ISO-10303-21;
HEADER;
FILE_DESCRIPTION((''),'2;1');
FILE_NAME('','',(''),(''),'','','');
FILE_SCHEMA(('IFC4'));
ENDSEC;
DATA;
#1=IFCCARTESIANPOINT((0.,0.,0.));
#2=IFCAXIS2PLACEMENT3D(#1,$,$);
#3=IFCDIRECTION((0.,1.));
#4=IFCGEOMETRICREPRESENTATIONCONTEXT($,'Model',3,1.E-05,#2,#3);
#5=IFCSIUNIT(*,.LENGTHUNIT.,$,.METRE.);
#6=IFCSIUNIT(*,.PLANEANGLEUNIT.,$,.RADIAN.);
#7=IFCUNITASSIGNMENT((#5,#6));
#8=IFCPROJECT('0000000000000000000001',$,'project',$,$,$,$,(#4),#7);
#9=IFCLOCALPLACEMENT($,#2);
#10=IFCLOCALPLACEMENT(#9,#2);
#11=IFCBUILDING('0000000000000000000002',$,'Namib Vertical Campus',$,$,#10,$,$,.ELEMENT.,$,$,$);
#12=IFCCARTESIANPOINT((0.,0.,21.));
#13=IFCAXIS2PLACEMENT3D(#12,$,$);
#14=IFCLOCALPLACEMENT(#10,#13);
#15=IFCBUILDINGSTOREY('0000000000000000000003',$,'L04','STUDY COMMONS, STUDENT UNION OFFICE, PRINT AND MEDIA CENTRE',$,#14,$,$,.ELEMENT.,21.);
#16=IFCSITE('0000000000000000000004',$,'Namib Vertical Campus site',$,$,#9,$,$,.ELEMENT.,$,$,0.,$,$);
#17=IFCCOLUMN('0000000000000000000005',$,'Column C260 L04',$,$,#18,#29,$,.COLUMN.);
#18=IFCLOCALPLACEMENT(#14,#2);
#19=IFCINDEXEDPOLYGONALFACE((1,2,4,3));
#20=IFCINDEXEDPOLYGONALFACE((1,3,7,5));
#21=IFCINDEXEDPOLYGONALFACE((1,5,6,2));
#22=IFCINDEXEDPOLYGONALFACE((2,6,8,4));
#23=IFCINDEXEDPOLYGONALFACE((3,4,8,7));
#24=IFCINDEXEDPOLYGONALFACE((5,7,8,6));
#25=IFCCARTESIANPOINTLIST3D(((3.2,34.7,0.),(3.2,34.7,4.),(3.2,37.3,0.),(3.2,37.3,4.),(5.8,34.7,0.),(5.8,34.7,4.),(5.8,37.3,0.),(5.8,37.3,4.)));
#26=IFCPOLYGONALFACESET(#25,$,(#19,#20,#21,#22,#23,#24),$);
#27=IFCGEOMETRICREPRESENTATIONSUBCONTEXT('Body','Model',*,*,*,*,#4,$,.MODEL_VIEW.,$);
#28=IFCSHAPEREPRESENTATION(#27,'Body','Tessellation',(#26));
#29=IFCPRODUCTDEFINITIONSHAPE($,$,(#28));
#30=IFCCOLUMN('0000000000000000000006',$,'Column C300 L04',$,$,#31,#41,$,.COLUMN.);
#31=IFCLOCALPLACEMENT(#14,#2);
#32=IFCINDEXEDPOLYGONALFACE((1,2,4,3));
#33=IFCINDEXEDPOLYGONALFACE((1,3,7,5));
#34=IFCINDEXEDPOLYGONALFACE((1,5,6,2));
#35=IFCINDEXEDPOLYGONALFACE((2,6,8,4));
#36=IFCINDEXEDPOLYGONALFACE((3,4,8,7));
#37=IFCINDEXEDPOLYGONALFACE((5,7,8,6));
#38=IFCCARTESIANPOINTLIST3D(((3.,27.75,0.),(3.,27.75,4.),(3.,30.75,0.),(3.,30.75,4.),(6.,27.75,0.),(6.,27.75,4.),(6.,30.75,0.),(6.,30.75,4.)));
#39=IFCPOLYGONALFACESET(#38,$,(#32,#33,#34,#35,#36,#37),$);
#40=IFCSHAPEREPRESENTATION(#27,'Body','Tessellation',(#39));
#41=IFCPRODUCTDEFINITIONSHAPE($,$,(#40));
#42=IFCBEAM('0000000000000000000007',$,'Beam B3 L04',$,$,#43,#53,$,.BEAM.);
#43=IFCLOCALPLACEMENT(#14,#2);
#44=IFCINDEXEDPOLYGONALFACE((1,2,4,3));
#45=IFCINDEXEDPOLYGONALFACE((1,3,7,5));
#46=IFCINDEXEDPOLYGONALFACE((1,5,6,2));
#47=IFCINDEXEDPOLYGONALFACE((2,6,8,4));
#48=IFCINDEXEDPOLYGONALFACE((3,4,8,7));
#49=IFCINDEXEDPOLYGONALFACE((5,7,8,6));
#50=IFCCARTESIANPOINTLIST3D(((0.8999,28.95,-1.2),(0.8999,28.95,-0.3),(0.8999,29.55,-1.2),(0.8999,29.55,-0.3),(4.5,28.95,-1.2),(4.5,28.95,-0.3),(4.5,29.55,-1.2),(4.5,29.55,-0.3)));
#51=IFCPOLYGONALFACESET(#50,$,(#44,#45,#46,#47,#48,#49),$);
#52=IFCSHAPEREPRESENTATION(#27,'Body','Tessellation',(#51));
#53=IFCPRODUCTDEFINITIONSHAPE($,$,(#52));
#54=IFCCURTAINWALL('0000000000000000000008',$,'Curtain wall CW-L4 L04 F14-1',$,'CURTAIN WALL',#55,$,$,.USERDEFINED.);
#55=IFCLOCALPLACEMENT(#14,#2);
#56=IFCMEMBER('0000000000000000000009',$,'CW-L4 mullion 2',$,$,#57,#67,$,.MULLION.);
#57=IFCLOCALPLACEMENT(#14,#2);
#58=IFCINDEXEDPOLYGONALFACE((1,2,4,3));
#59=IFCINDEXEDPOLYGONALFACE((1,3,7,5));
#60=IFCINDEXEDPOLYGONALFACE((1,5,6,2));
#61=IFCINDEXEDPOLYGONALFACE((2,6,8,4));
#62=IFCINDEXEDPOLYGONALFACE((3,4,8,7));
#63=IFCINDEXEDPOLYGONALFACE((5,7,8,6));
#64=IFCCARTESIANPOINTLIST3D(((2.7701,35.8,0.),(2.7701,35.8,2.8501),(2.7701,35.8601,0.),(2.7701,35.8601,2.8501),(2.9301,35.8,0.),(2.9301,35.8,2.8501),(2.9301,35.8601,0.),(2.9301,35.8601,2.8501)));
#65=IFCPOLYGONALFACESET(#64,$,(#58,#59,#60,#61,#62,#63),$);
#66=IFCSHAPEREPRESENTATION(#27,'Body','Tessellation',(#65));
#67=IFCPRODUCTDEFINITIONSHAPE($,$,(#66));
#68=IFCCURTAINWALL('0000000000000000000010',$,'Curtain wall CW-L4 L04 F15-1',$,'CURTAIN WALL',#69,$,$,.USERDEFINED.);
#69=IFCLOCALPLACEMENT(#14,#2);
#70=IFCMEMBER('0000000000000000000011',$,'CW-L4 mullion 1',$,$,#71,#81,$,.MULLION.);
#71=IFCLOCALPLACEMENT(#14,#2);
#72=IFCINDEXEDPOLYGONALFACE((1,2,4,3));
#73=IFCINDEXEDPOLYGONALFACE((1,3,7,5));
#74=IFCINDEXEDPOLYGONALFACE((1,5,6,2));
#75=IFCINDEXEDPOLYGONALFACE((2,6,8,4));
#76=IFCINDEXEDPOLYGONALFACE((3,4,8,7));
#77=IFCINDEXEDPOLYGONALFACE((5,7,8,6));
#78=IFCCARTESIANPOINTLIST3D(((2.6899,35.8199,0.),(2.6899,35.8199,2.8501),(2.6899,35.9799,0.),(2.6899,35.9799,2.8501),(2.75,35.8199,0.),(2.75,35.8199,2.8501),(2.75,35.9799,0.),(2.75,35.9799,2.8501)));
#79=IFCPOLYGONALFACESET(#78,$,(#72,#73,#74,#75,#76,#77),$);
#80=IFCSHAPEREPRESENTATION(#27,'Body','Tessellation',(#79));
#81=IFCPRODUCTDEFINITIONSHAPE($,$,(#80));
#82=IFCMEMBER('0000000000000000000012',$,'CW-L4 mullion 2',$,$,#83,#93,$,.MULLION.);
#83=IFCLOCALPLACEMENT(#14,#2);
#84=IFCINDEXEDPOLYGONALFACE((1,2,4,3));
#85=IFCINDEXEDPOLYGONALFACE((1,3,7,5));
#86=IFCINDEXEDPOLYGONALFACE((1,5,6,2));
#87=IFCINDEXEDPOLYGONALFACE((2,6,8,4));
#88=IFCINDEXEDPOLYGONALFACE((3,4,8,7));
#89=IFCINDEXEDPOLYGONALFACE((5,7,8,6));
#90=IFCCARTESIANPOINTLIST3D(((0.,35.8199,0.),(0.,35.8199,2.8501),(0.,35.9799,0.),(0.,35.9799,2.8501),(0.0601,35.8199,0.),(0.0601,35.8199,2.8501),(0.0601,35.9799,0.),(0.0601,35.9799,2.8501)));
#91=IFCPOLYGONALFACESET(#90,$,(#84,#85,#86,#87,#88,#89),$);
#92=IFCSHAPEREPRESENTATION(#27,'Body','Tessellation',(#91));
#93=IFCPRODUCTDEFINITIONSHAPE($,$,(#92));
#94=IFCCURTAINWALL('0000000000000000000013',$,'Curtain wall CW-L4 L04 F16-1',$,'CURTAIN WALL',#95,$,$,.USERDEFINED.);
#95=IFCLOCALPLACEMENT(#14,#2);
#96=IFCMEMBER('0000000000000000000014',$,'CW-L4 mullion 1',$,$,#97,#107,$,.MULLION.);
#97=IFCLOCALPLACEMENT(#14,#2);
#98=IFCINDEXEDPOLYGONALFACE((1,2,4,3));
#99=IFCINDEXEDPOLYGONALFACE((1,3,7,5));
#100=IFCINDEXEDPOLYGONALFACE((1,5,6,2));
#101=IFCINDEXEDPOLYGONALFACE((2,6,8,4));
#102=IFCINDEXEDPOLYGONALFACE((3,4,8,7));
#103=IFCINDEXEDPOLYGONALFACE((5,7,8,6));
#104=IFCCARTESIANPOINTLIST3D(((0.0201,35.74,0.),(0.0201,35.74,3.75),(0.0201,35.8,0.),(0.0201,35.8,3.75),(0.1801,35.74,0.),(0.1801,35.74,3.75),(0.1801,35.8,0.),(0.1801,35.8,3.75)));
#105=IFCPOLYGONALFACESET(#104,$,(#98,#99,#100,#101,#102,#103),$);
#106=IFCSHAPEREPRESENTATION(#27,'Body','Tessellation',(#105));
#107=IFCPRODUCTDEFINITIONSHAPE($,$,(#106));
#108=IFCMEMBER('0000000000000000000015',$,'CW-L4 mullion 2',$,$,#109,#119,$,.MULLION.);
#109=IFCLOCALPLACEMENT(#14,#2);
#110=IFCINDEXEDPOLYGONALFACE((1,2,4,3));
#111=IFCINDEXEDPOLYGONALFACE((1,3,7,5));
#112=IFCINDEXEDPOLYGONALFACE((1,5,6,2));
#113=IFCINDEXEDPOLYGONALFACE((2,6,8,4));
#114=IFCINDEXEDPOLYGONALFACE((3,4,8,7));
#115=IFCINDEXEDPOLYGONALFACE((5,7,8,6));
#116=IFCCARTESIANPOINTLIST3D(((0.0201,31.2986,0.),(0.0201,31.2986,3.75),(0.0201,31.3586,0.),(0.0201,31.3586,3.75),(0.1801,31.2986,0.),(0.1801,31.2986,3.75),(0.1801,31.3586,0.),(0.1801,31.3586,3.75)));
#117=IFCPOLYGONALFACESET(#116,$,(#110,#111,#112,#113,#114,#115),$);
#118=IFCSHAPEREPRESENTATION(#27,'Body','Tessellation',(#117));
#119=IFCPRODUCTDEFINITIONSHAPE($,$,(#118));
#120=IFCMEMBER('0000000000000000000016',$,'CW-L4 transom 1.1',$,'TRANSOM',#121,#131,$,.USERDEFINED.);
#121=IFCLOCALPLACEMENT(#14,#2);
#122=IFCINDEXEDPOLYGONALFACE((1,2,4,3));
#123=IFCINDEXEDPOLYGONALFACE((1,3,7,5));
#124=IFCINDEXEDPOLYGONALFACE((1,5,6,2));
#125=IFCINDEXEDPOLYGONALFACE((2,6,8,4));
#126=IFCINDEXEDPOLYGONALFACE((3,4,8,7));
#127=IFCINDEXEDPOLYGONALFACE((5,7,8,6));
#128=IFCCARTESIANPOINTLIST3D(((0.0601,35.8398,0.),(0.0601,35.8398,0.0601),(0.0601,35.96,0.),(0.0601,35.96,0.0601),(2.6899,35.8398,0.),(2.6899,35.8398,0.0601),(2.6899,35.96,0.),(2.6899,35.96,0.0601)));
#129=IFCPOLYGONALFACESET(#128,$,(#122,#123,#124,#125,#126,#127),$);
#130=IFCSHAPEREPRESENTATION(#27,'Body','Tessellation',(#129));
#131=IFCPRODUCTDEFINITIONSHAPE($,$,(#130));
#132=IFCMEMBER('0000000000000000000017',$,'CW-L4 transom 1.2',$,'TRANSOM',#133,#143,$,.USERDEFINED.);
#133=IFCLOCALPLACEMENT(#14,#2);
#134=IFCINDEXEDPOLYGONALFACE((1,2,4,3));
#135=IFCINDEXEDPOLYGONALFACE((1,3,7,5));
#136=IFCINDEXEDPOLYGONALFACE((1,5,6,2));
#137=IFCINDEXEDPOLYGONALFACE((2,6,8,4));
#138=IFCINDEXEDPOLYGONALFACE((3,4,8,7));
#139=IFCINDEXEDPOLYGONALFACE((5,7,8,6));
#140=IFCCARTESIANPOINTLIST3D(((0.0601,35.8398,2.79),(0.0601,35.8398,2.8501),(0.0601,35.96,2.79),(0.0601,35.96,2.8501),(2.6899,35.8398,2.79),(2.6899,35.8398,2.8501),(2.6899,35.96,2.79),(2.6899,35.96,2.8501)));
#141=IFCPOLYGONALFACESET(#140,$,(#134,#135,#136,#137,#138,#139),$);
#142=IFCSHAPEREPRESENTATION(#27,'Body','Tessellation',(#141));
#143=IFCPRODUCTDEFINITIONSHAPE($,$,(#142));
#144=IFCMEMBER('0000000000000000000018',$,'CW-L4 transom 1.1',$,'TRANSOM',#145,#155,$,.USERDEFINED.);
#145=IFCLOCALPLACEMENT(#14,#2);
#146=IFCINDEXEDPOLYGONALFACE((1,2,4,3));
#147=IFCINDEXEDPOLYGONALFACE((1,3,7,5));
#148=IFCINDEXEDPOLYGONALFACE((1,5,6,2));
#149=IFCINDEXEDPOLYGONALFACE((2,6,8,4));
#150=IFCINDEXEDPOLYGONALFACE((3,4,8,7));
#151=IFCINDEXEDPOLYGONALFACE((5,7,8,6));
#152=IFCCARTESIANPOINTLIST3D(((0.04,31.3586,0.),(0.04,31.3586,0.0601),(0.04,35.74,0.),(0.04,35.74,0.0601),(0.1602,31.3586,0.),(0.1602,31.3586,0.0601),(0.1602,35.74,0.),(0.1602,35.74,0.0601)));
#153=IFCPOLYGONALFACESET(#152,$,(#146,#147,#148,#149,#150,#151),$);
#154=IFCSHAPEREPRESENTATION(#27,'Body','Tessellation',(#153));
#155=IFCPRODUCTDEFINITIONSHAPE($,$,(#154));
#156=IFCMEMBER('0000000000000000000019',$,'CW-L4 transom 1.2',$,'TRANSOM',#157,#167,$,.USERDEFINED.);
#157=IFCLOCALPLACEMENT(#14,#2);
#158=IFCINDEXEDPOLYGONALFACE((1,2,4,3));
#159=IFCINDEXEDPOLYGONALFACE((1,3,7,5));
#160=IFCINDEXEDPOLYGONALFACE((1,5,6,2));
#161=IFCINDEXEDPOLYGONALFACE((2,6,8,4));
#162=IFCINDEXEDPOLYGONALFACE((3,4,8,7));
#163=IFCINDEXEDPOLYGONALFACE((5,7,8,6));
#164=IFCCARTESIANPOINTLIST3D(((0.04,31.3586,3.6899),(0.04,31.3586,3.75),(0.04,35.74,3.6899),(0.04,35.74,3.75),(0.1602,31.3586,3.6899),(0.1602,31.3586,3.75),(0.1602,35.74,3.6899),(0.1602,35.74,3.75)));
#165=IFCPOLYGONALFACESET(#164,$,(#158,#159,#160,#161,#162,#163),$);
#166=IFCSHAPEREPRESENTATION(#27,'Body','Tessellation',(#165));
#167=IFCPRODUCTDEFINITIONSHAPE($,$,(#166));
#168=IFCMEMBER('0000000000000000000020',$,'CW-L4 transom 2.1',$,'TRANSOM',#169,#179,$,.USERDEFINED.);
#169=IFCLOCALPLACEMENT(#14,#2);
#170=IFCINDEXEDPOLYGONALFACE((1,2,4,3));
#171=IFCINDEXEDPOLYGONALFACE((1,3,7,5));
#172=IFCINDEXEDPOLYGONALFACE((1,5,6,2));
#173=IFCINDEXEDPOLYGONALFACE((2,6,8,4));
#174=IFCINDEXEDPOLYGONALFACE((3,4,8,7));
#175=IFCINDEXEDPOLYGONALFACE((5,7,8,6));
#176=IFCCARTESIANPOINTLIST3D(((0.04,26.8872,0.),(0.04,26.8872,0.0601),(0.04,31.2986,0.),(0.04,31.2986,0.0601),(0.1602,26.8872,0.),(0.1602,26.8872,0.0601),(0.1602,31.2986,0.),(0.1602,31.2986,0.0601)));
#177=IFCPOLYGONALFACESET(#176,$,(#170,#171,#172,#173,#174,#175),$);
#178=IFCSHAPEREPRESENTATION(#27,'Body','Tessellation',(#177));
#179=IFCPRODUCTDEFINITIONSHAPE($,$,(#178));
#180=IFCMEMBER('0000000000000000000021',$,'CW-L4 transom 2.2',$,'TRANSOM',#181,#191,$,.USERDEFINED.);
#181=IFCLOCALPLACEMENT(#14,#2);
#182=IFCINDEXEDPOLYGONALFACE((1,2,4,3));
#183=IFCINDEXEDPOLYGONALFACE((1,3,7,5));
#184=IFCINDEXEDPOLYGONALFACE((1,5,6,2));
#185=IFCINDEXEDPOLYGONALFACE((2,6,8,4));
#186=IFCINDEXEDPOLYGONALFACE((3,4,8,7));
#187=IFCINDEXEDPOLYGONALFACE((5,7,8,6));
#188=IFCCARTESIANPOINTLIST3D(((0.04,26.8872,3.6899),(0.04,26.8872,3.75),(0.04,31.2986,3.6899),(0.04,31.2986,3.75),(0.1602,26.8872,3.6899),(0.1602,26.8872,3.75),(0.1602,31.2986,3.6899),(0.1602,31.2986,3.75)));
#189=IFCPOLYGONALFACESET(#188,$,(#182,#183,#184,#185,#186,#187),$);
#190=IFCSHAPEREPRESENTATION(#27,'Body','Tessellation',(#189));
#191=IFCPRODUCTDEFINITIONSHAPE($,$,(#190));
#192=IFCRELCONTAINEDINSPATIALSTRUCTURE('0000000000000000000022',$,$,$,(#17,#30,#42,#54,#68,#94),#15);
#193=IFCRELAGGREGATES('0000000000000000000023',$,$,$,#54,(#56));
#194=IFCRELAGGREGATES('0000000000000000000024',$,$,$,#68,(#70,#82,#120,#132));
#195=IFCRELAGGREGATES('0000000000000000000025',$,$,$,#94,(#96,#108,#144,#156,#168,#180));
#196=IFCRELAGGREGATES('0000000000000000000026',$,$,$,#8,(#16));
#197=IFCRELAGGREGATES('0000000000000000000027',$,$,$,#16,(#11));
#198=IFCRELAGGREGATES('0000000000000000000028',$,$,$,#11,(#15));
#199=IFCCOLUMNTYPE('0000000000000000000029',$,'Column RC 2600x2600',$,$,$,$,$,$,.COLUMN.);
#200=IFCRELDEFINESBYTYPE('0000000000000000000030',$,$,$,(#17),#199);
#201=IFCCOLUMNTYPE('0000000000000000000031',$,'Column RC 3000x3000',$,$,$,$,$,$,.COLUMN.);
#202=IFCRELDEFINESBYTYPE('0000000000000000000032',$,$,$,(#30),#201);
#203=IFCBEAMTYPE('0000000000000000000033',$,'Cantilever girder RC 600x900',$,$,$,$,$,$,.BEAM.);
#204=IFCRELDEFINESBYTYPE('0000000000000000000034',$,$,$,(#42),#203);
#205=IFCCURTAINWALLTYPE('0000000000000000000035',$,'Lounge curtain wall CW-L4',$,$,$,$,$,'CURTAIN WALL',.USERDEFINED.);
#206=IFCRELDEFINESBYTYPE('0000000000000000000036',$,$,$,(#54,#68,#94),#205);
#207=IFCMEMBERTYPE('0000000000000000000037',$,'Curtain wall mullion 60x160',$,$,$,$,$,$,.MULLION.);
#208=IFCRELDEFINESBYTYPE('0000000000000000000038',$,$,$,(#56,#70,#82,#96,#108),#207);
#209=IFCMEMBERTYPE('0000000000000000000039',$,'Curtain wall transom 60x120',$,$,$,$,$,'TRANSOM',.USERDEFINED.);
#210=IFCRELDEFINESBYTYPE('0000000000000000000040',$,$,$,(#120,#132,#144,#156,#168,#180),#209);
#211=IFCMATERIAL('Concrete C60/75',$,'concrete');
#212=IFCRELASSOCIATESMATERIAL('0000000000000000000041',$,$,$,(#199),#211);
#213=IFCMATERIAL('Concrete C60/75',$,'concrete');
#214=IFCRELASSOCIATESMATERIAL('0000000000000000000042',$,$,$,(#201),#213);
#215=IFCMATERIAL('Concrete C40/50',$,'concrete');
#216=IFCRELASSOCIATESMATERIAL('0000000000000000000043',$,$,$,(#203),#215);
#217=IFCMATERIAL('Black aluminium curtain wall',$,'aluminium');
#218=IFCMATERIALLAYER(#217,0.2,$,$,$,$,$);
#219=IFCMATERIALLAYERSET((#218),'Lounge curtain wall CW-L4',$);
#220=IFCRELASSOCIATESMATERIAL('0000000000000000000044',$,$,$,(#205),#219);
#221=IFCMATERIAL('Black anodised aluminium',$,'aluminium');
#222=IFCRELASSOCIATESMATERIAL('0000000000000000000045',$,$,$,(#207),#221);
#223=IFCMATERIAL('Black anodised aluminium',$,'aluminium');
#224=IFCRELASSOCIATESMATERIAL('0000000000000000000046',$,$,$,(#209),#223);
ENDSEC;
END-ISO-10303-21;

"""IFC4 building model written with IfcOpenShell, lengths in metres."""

from ifc_helpers import new_model, si_unit, direction, frame, origin, origin_2d, place, context, subcontext, project, spatial, rectangle, extrude, material, layer, layer_set, material_profile, profile_set, type_object, element, aggregate, save


model = new_model("IFC4")

# Units and contexts
model_context = context("Model", 3, precision=1e-05, world=origin(), true_north=direction((0.0, 1.0)))
body_context = subcontext(model_context, "Body", "Model", "MODEL_VIEW")
ifc_project = project(units=[si_unit("LENGTHUNIT", "METRE"), si_unit("PLANEANGLEUNIT", "RADIAN")], contexts=[model_context])

# Site, building, storey
site_placement = place(None, origin())
site = spatial("IfcSite", under=ifc_project, at=site_placement, Name="Namib Vertical Campus site", CompositionType="ELEMENT", RefElevation=0.0)
building_placement = place(site_placement, origin())
building = spatial("IfcBuilding", under=site, at=building_placement, Name="Namib Vertical Campus", CompositionType="ELEMENT")
storey_placement = place(building_placement, frame((0.0, 0.0, 21.0)))
storey = spatial("IfcBuildingStorey", under=building, at=storey_placement, Name="L04", Description="STUDY COMMONS, STUDENT UNION OFFICE, PRINT AND MEDIA CENTRE", CompositionType="ELEMENT", Elevation=21.0)

# Columns
ifc_material_1 = material(Name="Concrete C60/75", Category="concrete")
ifc_material_profile_1 = material_profile(ifc_material_1, rectangle(XDim=2.6001, YDim=2.6001, at=origin_2d()))
ifc_profile_set_1 = profile_set([ifc_material_profile_1], Name="Concrete C60/75")
column_type_1 = type_object("IfcColumnType", Name="Column RC 2600x2600", PredefinedType="COLUMN", material=ifc_profile_set_1)
column_1_placement = place(storey_placement, frame((4.5, 36.0, 0.0), z_axis=(0.0, 0.0, 1.0), x_axis=(1.0, 0.0, 0.0)))
element("IfcColumn", 1, at=column_1_placement, inside=storey, type_object=column_type_1, Name="Column C260 L04", PredefinedType="COLUMN", context=body_context, shape_type="SweptSolid", body=[
    extrude(rectangle(XDim=2.6001, YDim=2.6001, at=origin_2d()), origin(), (0.0, 0.0, 1.0), 4.0),
])
ifc_material_2 = material(Name="Concrete C60/75", Category="concrete")
ifc_material_profile_2 = material_profile(ifc_material_2, rectangle(XDim=3.0, YDim=3.0, at=origin_2d()))
ifc_profile_set_2 = profile_set([ifc_material_profile_2], Name="Concrete C60/75")
column_type_2 = type_object("IfcColumnType", Name="Column RC 3000x3000", PredefinedType="COLUMN", material=ifc_profile_set_2)
column_2_placement = place(storey_placement, frame((4.5, 29.25, 0.0), z_axis=(0.0, 0.0, 1.0), x_axis=(1.0, 0.0, 0.0)))
element("IfcColumn", 2, at=column_2_placement, inside=storey, type_object=column_type_2, Name="Column C300 L04", PredefinedType="COLUMN", context=body_context, shape_type="SweptSolid", body=[
    extrude(rectangle(XDim=3.0, YDim=3.0, at=origin_2d()), origin(), (0.0, 0.0, 1.0), 4.0),
])

# Beam
ifc_material_3 = material(Name="Concrete C40/50", Category="concrete")
ifc_material_profile_3 = material_profile(ifc_material_3, rectangle(XDim=0.6001, YDim=0.8999, at=origin_2d()))
ifc_profile_set_3 = profile_set([ifc_material_profile_3], Name="Concrete C40/50")
beam_type_1 = type_object("IfcBeamType", Name="Cantilever girder RC 600x900", PredefinedType="BEAM", material=ifc_profile_set_3)
beam_1_placement = place(storey_placement, frame((4.5, 29.25, -0.75), z_axis=(-1.0, 0.0, 0.0), x_axis=(0.0, -1.0, 0.0)))
element("IfcBeam", 3, at=beam_1_placement, inside=storey, type_object=beam_type_1, Name="Beam B3 L04", PredefinedType="BEAM", context=body_context, shape_type="SweptSolid", body=[
    extrude(rectangle(XDim=0.6001, YDim=0.8999, at=origin_2d()), origin(), (0.0, 0.0, 1.0), 3.6001),
])

# Curtain wall, member
ifc_material_4 = material(Name="Black aluminium curtain wall", Category="aluminium")
ifc_layer_1 = layer(ifc_material_4, 0.2)
ifc_layer_set_1 = layer_set([ifc_layer_1], Name="Lounge curtain wall CW-L4")
curtain_wall_type = type_object("IfcCurtainWallType", Name="Lounge curtain wall CW-L4", ElementType="CURTAIN WALL", PredefinedType="USERDEFINED", material=ifc_layer_set_1)
curtain_wall_1_placement = place(storey_placement, origin())
curtain_wall_1 = element("IfcCurtainWall", 4, at=curtain_wall_1_placement, inside=storey, type_object=curtain_wall_type, Name="Curtain wall CW-L4 L04 F14-1", ObjectType="CURTAIN WALL", PredefinedType="USERDEFINED")
ifc_material_5 = material(Name="Black anodised aluminium", Category="aluminium")
ifc_material_profile_4 = material_profile(ifc_material_5, rectangle(XDim=0.0601, YDim=0.1599, at=origin_2d()))
ifc_profile_set_4 = profile_set([ifc_material_profile_4], Name="Black anodised aluminium")
member_type_1 = type_object("IfcMemberType", Name="Curtain wall mullion 60x160", PredefinedType="MULLION", material=ifc_profile_set_4)
member_1_placement = place(storey_placement, frame((2.8501, 35.8301, 0.0), z_axis=(0.0, 0.0, 1.0), x_axis=(0.0, -1.0, 0.0)))
member_1 = element("IfcMember", 5, at=member_1_placement, type_object=member_type_1, Name="CW-L4 mullion 2", PredefinedType="MULLION", context=body_context, shape_type="SweptSolid", body=[
    extrude(rectangle(XDim=0.0601, YDim=0.1599, at=origin_2d()), origin(), (0.0, 0.0, 1.0), 2.8501),
])
aggregate(curtain_wall_1, [member_1])

# Curtain walls, members
curtain_wall_2_placement = place(storey_placement, origin())
curtain_wall_2 = element("IfcCurtainWall", 6, at=curtain_wall_2_placement, inside=storey, type_object=curtain_wall_type, Name="Curtain wall CW-L4 L04 F15-1", ObjectType="CURTAIN WALL", PredefinedType="USERDEFINED")
member_2_placement = place(storey_placement, frame((2.72, 35.8999, 0.0), z_axis=(0.0, 0.0, 1.0), x_axis=(-1.0, 0.0, 0.0)))
member_2 = element("IfcMember", 7, at=member_2_placement, type_object=member_type_1, Name="CW-L4 mullion 1", PredefinedType="MULLION", context=body_context, shape_type="SweptSolid", body=[
    extrude(rectangle(XDim=0.0601, YDim=0.1599, at=origin_2d()), origin(), (0.0, 0.0, 1.0), 2.8501),
])
member_3_placement = place(storey_placement, frame((0.03, 35.8999, 0.0), z_axis=(0.0, 0.0, 1.0), x_axis=(-1.0, 0.0, 0.0)))
member_3 = element("IfcMember", 8, at=member_3_placement, type_object=member_type_1, Name="CW-L4 mullion 2", PredefinedType="MULLION", context=body_context, shape_type="SweptSolid", body=[
    extrude(rectangle(XDim=0.0601, YDim=0.1599, at=origin_2d()), origin(), (0.0, 0.0, 1.0), 2.8501),
])
curtain_wall_3_placement = place(storey_placement, origin())
curtain_wall_3 = element("IfcCurtainWall", 9, at=curtain_wall_3_placement, inside=storey, type_object=curtain_wall_type, Name="Curtain wall CW-L4 L04 F16-1", ObjectType="CURTAIN WALL", PredefinedType="USERDEFINED")
member_4_placement = place(storey_placement, frame((0.1001, 35.77, 0.0), z_axis=(0.0, 0.0, 1.0), x_axis=(0.0, -1.0, 0.0)))
member_4 = element("IfcMember", 10, at=member_4_placement, type_object=member_type_1, Name="CW-L4 mullion 1", PredefinedType="MULLION", context=body_context, shape_type="SweptSolid", body=[
    extrude(rectangle(XDim=0.0601, YDim=0.1599, at=origin_2d()), origin(), (0.0, 0.0, 1.0), 3.75),
])
member_5_placement = place(storey_placement, frame((0.1001, 31.3286, 0.0), z_axis=(0.0, 0.0, 1.0), x_axis=(0.0, -1.0, 0.0)))
member_5 = element("IfcMember", 11, at=member_5_placement, type_object=member_type_1, Name="CW-L4 mullion 2", PredefinedType="MULLION", context=body_context, shape_type="SweptSolid", body=[
    extrude(rectangle(XDim=0.0601, YDim=0.1599, at=origin_2d()), origin(), (0.0, 0.0, 1.0), 3.75),
])

# Members
ifc_material_6 = material(Name="Black anodised aluminium", Category="aluminium")
ifc_material_profile_5 = material_profile(ifc_material_6, rectangle(XDim=0.0601, YDim=0.1201, at=origin_2d()))
ifc_profile_set_5 = profile_set([ifc_material_profile_5], Name="Black anodised aluminium")
member_type_2 = type_object("IfcMemberType", Name="Curtain wall transom 60x120", ElementType="TRANSOM", PredefinedType="USERDEFINED", material=ifc_profile_set_5)
member_6_placement = place(storey_placement, frame((2.6899, 35.8999, 0.03), z_axis=(-1.0, 0.0, 0.0), x_axis=(0.0, 0.0, 1.0)))
member_6 = element("IfcMember", 12, at=member_6_placement, type_object=member_type_2, Name="CW-L4 transom 1.1", ObjectType="TRANSOM", PredefinedType="USERDEFINED", context=body_context, shape_type="SweptSolid", body=[
    extrude(rectangle(XDim=0.0601, YDim=0.1201, at=origin_2d()), origin(), (0.0, 0.0, 1.0), 2.6299),
])
member_7_placement = place(storey_placement, frame((2.6899, 35.8999, 2.8201), z_axis=(-1.0, 0.0, 0.0), x_axis=(0.0, 0.0, 1.0)))
member_7 = element("IfcMember", 13, at=member_7_placement, type_object=member_type_2, Name="CW-L4 transom 1.2", ObjectType="TRANSOM", PredefinedType="USERDEFINED", context=body_context, shape_type="SweptSolid", body=[
    extrude(rectangle(XDim=0.0601, YDim=0.1201, at=origin_2d()), origin(), (0.0, 0.0, 1.0), 2.6299),
])
member_8_placement = place(storey_placement, frame((0.1001, 35.74, 0.03), z_axis=(0.0, -1.0, 0.0), x_axis=(0.0, 0.0, 1.0)))
member_8 = element("IfcMember", 14, at=member_8_placement, type_object=member_type_2, Name="CW-L4 transom 1.1", ObjectType="TRANSOM", PredefinedType="USERDEFINED", context=body_context, shape_type="SweptSolid", body=[
    extrude(rectangle(XDim=0.0601, YDim=0.1201, at=origin_2d()), origin(), (0.0, 0.0, 1.0), 4.3813),
])
member_9_placement = place(storey_placement, frame((0.1001, 35.74, 3.72), z_axis=(0.0, -1.0, 0.0), x_axis=(0.0, 0.0, 1.0)))
member_9 = element("IfcMember", 15, at=member_9_placement, type_object=member_type_2, Name="CW-L4 transom 1.2", ObjectType="TRANSOM", PredefinedType="USERDEFINED", context=body_context, shape_type="SweptSolid", body=[
    extrude(rectangle(XDim=0.0601, YDim=0.1201, at=origin_2d()), origin(), (0.0, 0.0, 1.0), 4.3813),
])
member_10_placement = place(storey_placement, frame((0.1001, 31.2986, 0.03), z_axis=(0.0, -1.0, 0.0), x_axis=(0.0, 0.0, 1.0)))
member_10 = element("IfcMember", 16, at=member_10_placement, type_object=member_type_2, Name="CW-L4 transom 2.1", ObjectType="TRANSOM", PredefinedType="USERDEFINED", context=body_context, shape_type="SweptSolid", body=[
    extrude(rectangle(XDim=0.0601, YDim=0.1201, at=origin_2d()), origin(), (0.0, 0.0, 1.0), 4.4114),
])
member_11_placement = place(storey_placement, frame((0.1001, 31.2986, 3.72), z_axis=(0.0, -1.0, 0.0), x_axis=(0.0, 0.0, 1.0)))
member_11 = element("IfcMember", 17, at=member_11_placement, type_object=member_type_2, Name="CW-L4 transom 2.2", ObjectType="TRANSOM", PredefinedType="USERDEFINED", context=body_context, shape_type="SweptSolid", body=[
    extrude(rectangle(XDim=0.0601, YDim=0.1201, at=origin_2d()), origin(), (0.0, 0.0, 1.0), 4.4114),
])

aggregate(curtain_wall_2, [member_2, member_3, member_6, member_7])
aggregate(curtain_wall_3, [member_4, member_5, member_8, member_9, member_10, member_11])

save(model, "model.ifc")
